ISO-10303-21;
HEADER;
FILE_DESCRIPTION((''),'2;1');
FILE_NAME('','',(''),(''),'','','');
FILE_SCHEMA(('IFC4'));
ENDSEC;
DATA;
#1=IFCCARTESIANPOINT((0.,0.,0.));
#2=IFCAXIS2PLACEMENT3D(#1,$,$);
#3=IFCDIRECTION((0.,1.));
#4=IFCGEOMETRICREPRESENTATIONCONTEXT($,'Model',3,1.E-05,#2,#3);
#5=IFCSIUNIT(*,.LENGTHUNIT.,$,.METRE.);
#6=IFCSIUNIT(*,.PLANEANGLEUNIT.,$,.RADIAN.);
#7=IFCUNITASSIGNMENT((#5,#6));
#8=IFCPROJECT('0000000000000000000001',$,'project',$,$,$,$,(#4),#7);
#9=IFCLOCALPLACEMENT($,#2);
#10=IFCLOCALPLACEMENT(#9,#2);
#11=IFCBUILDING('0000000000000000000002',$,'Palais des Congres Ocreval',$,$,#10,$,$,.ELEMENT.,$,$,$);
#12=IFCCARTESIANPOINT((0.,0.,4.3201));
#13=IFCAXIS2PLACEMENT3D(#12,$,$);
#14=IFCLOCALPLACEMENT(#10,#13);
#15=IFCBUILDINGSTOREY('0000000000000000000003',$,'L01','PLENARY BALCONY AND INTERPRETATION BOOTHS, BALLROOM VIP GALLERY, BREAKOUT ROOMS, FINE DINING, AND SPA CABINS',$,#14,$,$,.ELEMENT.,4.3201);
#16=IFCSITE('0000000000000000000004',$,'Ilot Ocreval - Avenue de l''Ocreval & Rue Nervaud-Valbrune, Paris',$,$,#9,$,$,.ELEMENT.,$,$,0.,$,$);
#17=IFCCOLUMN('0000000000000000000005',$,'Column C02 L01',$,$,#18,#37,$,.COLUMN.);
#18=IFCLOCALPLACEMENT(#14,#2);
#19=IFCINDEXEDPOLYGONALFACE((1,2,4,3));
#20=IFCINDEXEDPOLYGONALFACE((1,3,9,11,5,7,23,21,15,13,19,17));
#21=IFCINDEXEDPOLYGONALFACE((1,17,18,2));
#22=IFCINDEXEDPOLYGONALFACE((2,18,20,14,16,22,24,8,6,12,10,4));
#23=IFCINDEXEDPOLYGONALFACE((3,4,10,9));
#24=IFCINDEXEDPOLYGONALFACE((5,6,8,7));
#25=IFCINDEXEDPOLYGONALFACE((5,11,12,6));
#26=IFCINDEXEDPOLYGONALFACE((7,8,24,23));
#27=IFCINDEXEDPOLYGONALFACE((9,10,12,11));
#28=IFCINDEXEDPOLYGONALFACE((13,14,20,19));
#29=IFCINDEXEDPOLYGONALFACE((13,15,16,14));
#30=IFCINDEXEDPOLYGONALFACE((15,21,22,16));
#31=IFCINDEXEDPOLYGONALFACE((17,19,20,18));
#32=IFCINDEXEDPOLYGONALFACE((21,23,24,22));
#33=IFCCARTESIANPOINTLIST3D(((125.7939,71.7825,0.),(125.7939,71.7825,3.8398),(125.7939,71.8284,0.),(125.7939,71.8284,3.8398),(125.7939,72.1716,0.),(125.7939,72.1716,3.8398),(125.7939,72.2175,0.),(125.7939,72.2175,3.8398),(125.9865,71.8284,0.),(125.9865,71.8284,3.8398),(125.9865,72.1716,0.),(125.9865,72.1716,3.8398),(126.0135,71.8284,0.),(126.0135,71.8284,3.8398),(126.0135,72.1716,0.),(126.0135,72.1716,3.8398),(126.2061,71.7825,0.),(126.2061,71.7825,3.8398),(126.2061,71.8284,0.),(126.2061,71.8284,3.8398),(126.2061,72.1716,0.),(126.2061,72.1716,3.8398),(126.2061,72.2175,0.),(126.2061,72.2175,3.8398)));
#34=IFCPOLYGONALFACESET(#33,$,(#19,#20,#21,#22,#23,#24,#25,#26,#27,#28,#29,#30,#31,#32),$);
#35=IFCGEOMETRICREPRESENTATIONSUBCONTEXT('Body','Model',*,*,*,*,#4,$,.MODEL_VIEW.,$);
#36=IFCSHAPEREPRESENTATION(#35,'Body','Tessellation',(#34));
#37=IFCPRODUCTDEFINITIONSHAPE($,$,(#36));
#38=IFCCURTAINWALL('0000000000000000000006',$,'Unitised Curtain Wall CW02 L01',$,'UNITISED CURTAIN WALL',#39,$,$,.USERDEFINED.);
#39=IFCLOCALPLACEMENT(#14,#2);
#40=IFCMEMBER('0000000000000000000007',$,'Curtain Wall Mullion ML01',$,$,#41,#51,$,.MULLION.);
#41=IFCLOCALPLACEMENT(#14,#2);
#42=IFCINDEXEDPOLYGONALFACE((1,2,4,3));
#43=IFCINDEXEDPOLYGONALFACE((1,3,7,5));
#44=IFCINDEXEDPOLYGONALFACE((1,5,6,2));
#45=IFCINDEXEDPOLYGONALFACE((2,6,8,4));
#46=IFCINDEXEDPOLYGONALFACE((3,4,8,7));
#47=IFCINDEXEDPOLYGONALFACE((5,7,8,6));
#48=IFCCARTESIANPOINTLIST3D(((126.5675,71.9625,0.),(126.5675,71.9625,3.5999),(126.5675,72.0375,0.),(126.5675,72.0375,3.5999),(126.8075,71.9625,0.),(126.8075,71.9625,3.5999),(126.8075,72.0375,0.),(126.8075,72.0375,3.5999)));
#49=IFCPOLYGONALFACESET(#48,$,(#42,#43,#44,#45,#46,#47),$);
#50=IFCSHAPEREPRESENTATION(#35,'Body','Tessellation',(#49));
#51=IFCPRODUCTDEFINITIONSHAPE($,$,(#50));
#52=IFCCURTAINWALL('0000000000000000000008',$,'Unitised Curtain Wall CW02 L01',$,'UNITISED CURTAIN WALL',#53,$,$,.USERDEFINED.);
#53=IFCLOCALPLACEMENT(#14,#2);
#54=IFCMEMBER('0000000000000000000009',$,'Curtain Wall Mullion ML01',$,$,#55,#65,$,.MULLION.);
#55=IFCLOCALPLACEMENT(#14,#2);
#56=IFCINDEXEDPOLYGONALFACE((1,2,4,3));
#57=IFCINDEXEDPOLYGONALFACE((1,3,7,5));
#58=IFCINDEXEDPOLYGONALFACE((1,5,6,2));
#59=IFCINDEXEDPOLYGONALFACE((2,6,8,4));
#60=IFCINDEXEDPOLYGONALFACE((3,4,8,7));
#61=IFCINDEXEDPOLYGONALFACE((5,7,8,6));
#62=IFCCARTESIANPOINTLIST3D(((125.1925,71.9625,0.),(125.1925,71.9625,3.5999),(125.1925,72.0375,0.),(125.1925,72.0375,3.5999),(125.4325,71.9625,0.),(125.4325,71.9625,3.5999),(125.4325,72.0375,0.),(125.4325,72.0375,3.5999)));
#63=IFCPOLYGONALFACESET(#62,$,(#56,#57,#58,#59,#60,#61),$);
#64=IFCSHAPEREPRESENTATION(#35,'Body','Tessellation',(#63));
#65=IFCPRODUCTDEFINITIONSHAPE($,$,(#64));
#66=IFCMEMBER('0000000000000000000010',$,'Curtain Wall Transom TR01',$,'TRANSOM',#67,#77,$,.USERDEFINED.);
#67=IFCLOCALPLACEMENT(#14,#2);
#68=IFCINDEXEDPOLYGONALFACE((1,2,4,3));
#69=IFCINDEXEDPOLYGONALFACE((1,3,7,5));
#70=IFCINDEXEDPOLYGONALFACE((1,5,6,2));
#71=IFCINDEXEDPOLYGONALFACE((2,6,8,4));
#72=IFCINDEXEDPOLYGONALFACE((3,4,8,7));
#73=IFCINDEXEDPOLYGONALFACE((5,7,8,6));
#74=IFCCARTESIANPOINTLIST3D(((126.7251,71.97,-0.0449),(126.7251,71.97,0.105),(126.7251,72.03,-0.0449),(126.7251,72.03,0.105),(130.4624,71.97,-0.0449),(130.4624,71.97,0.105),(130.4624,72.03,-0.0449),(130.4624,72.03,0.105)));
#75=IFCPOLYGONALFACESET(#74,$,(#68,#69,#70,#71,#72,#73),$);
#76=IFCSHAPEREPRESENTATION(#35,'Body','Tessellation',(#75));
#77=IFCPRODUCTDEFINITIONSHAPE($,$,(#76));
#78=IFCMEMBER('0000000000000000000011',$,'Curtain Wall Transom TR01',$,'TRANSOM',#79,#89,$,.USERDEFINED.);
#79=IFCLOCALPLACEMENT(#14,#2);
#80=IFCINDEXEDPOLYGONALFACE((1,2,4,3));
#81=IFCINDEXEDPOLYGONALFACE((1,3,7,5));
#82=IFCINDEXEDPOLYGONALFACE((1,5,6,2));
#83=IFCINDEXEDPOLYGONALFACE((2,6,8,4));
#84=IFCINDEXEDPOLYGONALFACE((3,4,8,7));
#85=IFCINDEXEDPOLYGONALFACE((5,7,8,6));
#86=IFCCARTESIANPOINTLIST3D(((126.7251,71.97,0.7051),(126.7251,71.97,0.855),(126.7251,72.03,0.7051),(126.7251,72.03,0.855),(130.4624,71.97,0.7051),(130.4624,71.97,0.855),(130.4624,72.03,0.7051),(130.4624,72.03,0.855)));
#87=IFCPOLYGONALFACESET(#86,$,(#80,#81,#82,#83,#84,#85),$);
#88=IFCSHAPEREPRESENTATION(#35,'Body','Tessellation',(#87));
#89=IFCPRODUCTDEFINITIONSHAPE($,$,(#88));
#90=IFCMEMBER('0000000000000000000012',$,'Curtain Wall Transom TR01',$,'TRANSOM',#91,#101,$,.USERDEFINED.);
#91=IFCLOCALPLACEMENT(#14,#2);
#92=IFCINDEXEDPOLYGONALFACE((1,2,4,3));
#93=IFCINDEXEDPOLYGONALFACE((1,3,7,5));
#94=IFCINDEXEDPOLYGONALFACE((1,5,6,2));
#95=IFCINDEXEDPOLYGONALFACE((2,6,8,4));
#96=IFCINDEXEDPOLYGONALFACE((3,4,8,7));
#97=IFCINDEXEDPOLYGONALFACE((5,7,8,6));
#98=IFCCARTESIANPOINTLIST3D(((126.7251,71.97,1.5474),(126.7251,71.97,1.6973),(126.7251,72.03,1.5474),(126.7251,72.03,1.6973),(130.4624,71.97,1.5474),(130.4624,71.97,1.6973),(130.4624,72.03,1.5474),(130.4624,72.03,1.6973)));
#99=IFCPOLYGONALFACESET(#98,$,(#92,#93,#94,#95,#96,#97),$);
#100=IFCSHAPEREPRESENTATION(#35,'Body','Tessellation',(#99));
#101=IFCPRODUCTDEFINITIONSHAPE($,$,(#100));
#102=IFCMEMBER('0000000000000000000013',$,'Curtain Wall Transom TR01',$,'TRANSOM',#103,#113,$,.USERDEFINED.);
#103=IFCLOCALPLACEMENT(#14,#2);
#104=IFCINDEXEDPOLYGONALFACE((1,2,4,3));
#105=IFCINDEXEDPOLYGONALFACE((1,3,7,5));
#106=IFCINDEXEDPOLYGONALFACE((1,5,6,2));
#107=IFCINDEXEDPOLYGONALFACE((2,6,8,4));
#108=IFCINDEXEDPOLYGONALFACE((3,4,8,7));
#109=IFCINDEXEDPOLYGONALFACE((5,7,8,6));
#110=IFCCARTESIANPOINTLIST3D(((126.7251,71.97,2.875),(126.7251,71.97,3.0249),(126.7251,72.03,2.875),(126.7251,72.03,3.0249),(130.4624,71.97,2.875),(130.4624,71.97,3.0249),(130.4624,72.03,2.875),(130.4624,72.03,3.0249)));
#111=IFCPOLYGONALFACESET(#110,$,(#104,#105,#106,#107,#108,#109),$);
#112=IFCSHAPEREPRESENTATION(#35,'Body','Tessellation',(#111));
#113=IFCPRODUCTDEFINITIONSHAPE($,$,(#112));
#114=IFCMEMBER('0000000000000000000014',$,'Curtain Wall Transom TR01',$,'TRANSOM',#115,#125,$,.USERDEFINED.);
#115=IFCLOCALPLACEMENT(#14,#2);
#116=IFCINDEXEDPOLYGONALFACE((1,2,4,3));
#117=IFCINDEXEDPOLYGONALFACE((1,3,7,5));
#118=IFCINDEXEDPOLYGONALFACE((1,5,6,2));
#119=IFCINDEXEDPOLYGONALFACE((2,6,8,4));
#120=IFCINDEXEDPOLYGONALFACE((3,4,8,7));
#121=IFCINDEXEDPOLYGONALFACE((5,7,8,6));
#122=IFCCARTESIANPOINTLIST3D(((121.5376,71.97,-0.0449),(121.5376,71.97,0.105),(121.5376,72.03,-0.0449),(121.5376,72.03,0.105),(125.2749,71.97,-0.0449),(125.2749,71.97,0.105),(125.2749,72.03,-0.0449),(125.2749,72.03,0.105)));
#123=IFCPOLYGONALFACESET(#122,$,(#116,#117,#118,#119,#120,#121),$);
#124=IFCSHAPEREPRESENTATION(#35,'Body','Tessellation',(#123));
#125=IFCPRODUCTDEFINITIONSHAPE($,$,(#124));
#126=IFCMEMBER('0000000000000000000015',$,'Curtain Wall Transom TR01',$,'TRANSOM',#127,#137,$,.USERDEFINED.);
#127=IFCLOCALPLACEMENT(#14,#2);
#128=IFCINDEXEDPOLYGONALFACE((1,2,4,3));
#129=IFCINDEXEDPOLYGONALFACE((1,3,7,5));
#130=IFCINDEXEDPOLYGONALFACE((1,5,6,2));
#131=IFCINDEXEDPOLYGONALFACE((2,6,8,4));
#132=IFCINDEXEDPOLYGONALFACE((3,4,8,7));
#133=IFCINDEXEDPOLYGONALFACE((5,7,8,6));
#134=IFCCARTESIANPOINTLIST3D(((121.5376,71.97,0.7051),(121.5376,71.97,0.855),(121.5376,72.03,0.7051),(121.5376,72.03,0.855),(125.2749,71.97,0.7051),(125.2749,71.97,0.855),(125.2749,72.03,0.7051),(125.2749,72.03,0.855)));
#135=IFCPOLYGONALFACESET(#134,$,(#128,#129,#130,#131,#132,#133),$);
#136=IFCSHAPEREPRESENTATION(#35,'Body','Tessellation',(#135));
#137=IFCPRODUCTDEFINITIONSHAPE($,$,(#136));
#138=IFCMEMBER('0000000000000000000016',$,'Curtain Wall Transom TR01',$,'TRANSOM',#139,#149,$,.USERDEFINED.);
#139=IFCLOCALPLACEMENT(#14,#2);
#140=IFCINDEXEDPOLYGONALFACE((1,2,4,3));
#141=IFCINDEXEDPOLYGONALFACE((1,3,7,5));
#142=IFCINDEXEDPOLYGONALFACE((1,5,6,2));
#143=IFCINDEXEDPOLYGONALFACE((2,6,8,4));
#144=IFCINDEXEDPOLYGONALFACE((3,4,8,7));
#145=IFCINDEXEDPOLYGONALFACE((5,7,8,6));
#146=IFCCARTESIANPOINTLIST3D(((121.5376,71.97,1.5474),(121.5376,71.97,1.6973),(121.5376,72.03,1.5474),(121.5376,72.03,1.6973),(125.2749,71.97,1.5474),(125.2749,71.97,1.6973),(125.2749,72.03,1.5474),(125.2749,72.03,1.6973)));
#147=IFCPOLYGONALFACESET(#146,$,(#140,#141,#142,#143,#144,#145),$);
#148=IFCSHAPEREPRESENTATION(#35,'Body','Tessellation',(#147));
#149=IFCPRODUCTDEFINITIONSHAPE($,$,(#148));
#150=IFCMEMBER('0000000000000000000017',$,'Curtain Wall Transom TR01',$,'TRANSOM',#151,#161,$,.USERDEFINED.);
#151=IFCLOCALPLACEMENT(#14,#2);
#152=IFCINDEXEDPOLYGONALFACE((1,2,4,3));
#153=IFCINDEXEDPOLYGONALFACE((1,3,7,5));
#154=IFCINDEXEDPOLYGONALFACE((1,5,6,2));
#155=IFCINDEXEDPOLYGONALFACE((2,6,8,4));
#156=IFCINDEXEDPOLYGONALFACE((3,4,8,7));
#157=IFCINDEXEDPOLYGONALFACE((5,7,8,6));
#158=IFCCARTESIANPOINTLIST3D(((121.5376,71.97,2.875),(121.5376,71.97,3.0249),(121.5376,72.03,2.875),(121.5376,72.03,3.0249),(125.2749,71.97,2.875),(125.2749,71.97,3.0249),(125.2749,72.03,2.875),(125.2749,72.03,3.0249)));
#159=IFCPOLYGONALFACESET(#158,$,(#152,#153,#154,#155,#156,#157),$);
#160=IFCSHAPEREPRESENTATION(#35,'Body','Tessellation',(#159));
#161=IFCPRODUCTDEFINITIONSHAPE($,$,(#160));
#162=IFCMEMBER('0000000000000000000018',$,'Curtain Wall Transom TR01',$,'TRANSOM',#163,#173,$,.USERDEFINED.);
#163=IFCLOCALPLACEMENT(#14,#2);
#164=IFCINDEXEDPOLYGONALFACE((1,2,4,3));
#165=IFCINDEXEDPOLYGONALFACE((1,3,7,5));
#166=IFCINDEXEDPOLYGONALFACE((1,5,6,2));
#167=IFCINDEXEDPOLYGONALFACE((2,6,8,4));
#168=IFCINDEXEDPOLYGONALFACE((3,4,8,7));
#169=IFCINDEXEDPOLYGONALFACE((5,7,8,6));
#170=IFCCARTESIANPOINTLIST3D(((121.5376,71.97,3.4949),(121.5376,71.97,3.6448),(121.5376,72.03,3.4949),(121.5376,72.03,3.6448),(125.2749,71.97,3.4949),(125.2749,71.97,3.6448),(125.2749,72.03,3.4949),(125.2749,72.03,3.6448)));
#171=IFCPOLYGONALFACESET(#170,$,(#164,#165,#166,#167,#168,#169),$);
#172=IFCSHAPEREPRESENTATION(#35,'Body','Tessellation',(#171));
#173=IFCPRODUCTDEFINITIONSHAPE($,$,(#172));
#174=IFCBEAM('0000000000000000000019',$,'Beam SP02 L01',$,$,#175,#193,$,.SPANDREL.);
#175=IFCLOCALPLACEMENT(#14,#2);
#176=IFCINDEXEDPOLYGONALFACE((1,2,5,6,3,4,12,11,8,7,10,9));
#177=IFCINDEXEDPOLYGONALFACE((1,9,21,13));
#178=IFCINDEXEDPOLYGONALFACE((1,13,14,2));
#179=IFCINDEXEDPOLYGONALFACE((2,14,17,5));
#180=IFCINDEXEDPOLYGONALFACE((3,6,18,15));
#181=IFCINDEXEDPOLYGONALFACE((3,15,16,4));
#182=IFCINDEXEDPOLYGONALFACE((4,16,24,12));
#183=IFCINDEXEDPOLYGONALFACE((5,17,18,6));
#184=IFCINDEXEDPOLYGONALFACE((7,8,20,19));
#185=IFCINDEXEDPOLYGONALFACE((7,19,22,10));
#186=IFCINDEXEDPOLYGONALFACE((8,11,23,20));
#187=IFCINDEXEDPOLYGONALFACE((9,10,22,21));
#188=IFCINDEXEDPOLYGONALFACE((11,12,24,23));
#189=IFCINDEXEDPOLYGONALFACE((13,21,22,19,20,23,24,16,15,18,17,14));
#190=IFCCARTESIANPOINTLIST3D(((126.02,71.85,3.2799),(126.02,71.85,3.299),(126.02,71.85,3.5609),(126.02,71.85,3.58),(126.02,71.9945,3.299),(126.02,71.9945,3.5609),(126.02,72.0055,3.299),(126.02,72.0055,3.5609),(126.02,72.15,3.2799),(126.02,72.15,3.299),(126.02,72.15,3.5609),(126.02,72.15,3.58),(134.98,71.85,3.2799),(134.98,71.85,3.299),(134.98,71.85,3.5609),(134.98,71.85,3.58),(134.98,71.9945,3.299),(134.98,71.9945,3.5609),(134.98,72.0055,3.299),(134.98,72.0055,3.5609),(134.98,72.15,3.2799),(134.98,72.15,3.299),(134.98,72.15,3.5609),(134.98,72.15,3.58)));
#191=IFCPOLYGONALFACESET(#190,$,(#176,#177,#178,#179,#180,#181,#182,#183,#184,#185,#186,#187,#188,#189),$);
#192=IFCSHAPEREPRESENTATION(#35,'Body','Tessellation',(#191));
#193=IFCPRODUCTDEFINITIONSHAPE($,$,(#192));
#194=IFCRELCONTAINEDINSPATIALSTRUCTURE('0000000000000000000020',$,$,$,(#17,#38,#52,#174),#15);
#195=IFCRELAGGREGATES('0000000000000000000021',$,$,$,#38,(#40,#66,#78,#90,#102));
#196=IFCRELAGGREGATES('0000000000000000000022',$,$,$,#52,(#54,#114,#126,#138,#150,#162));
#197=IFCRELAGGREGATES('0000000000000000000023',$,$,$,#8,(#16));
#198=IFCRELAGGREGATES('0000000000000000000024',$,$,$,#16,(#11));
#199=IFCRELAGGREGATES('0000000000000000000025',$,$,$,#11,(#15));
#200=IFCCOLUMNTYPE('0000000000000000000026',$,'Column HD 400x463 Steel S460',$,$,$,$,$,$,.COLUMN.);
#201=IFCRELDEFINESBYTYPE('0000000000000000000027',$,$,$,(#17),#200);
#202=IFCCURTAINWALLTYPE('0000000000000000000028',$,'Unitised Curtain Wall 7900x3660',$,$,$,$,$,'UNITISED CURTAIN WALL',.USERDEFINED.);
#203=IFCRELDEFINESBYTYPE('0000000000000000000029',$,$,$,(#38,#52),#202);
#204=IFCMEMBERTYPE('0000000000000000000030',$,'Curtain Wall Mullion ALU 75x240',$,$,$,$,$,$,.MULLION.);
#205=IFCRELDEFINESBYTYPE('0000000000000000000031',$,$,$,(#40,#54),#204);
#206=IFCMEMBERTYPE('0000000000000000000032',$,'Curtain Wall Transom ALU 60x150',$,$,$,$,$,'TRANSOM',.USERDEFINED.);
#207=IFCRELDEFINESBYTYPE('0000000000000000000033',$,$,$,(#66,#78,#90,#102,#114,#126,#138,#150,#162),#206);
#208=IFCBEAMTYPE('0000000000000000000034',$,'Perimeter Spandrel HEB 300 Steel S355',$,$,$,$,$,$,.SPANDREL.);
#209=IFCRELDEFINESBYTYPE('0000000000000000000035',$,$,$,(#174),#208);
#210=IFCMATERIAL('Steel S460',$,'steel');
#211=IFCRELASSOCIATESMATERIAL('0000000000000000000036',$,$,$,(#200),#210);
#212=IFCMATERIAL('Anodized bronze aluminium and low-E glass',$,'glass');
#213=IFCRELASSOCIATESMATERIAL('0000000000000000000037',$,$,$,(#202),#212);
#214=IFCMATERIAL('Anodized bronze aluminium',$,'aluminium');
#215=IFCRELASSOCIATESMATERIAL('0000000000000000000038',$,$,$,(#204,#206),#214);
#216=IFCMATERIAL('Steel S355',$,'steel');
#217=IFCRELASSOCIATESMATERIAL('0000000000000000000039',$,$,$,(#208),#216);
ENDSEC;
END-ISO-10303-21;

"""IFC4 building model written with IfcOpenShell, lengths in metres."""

from ifc_helpers import new_model, si_unit, direction, frame, origin, origin_2d, place, context, subcontext, project, spatial, rectangle, i_section, extrude, material, material_profile, profile_set, type_object, element, aggregate, save


model = new_model("IFC4")

# Units and contexts
model_context = context("Model", 3, precision=1e-05, world=origin(), true_north=direction((0.0, 1.0)))
body_context = subcontext(model_context, "Body", "Model", "MODEL_VIEW")
ifc_project = project(units=[si_unit("LENGTHUNIT", "METRE"), si_unit("PLANEANGLEUNIT", "RADIAN")], contexts=[model_context])

# Site, building, storey
site_placement = place(None, origin())
site = spatial("IfcSite", under=ifc_project, at=site_placement, Name="Ilot Ocreval - Avenue de l'Ocreval & Rue Nervaud-Valbrune, Paris", CompositionType="ELEMENT", RefElevation=0.0)
building_placement = place(site_placement, origin())
building = spatial("IfcBuilding", under=site, at=building_placement, Name="Palais des Congres Ocreval", CompositionType="ELEMENT")
storey_placement = place(building_placement, frame((0.0, 0.0, 4.3201)))
storey = spatial("IfcBuildingStorey", under=building, at=storey_placement, Name="L01", Description="PLENARY BALCONY AND INTERPRETATION BOOTHS, BALLROOM VIP GALLERY, BREAKOUT ROOMS, FINE DINING, AND SPA CABINS", CompositionType="ELEMENT", Elevation=4.3201)

# Column
ifc_material_1 = material(Name="Steel S460", Category="steel")
ifc_material_profile_1 = material_profile(ifc_material_1, i_section(OverallWidth=0.4121, OverallDepth=0.4351, WebThickness=0.0271, FlangeThickness=0.0459, at=origin_2d()), Name="HD 400x463")
ifc_profile_set_1 = profile_set([ifc_material_profile_1], Name="Steel S460")
column_type = type_object("IfcColumnType", Name="Column HD 400x463 Steel S460", PredefinedType="COLUMN", material=ifc_profile_set_1)
column_placement = place(storey_placement, frame((126.0, 72.0, 0.0), z_axis=(0.0, 0.0, 1.0), x_axis=(1.0, 0.0, 0.0)))
element("IfcColumn", 1, at=column_placement, inside=storey, type_object=column_type, Name="Column C02 L01", PredefinedType="COLUMN", context=body_context, shape_type="SweptSolid", body=[
    extrude(i_section(OverallWidth=0.4121, OverallDepth=0.4351, WebThickness=0.0271, FlangeThickness=0.0459, at=origin_2d()), origin(), (0.0, 0.0, 1.0), 3.8398),
])

# Curtain walls, members
ifc_material_2 = material(Name="Anodized bronze aluminium and low-E glass", Category="glass")
curtain_wall_type = type_object("IfcCurtainWallType", Name="Unitised Curtain Wall 7900x3660", ElementType="UNITISED CURTAIN WALL", PredefinedType="USERDEFINED", material=ifc_material_2)
curtain_wall_1_placement = place(storey_placement, origin())
curtain_wall_1 = element("IfcCurtainWall", 2, at=curtain_wall_1_placement, inside=storey, type_object=curtain_wall_type, Name="Unitised Curtain Wall CW02 L01", ObjectType="UNITISED CURTAIN WALL", PredefinedType="USERDEFINED")
ifc_material_3 = material(Name="Anodized bronze aluminium", Category="aluminium")
ifc_material_profile_2 = material_profile(ifc_material_3, rectangle(XDim=0.075, YDim=0.24, at=origin_2d()), Name="ALU 75x240")
ifc_profile_set_2 = profile_set([ifc_material_profile_2], Name="Anodized bronze aluminium")
member_type_1 = type_object("IfcMemberType", Name="Curtain Wall Mullion ALU 75x240", PredefinedType="MULLION", material=ifc_profile_set_2)
member_1_placement = place(storey_placement, frame((126.6875, 72.0, 0.0), z_axis=(0.0, 0.0, 1.0), x_axis=(0.0, -1.0, 0.0)))
member_1 = element("IfcMember", 3, at=member_1_placement, type_object=member_type_1, Name="Curtain Wall Mullion ML01", PredefinedType="MULLION", context=body_context, shape_type="SweptSolid", body=[
    extrude(rectangle(XDim=0.075, YDim=0.24, at=origin_2d()), origin(), (0.0, 0.0, 1.0), 3.5999),
])
curtain_wall_2_placement = place(storey_placement, origin())
curtain_wall_2 = element("IfcCurtainWall", 4, at=curtain_wall_2_placement, inside=storey, type_object=curtain_wall_type, Name="Unitised Curtain Wall CW02 L01", ObjectType="UNITISED CURTAIN WALL", PredefinedType="USERDEFINED")
member_2_placement = place(storey_placement, frame((125.3125, 72.0, 0.0), z_axis=(0.0, 0.0, 1.0), x_axis=(0.0, -1.0, 0.0)))
member_2 = element("IfcMember", 5, at=member_2_placement, type_object=member_type_1, Name="Curtain Wall Mullion ML01", PredefinedType="MULLION", context=body_context, shape_type="SweptSolid", body=[
    extrude(rectangle(XDim=0.075, YDim=0.24, at=origin_2d()), origin(), (0.0, 0.0, 1.0), 3.5999),
])

# Members
ifc_material_profile_3 = material_profile(ifc_material_3, rectangle(XDim=0.0601, YDim=0.1499, at=origin_2d()), Name="ALU 60x150")
ifc_profile_set_3 = profile_set([ifc_material_profile_3], Name="Anodized bronze aluminium")
member_type_2 = type_object("IfcMemberType", Name="Curtain Wall Transom ALU 60x150", ElementType="TRANSOM", PredefinedType="USERDEFINED", material=ifc_profile_set_3)
member_3_placement = place(storey_placement, frame((130.4624, 72.0, 0.03), z_axis=(-1.0, 0.0, 0.0), x_axis=(0.0, -1.0, 0.0)))
member_3 = element("IfcMember", 6, at=member_3_placement, type_object=member_type_2, Name="Curtain Wall Transom TR01", ObjectType="TRANSOM", PredefinedType="USERDEFINED", context=body_context, shape_type="SweptSolid", body=[
    extrude(rectangle(XDim=0.0601, YDim=0.1499, at=origin_2d()), origin(), (0.0, 0.0, 1.0), 3.7373),
])
member_4_placement = place(storey_placement, frame((130.4624, 72.0, 0.78), z_axis=(-1.0, 0.0, 0.0), x_axis=(0.0, -1.0, 0.0)))
member_4 = element("IfcMember", 7, at=member_4_placement, type_object=member_type_2, Name="Curtain Wall Transom TR01", ObjectType="TRANSOM", PredefinedType="USERDEFINED", context=body_context, shape_type="SweptSolid", body=[
    extrude(rectangle(XDim=0.0601, YDim=0.1499, at=origin_2d()), origin(), (0.0, 0.0, 1.0), 3.7373),
])
member_5_placement = place(storey_placement, frame((130.4624, 72.0, 1.6223), z_axis=(-1.0, 0.0, 0.0), x_axis=(0.0, -1.0, 0.0)))
member_5 = element("IfcMember", 8, at=member_5_placement, type_object=member_type_2, Name="Curtain Wall Transom TR01", ObjectType="TRANSOM", PredefinedType="USERDEFINED", context=body_context, shape_type="SweptSolid", body=[
    extrude(rectangle(XDim=0.0601, YDim=0.1499, at=origin_2d()), origin(), (0.0, 0.0, 1.0), 3.7373),
])
member_6_placement = place(storey_placement, frame((130.4624, 72.0, 2.95), z_axis=(-1.0, 0.0, 0.0), x_axis=(0.0, -1.0, 0.0)))
member_6 = element("IfcMember", 9, at=member_6_placement, type_object=member_type_2, Name="Curtain Wall Transom TR01", ObjectType="TRANSOM", PredefinedType="USERDEFINED", context=body_context, shape_type="SweptSolid", body=[
    extrude(rectangle(XDim=0.0601, YDim=0.1499, at=origin_2d()), origin(), (0.0, 0.0, 1.0), 3.7373),
])
member_7_placement = place(storey_placement, frame((125.2749, 72.0, 0.03), z_axis=(-1.0, 0.0, 0.0), x_axis=(0.0, -1.0, 0.0)))
member_7 = element("IfcMember", 10, at=member_7_placement, type_object=member_type_2, Name="Curtain Wall Transom TR01", ObjectType="TRANSOM", PredefinedType="USERDEFINED", context=body_context, shape_type="SweptSolid", body=[
    extrude(rectangle(XDim=0.0601, YDim=0.1499, at=origin_2d()), origin(), (0.0, 0.0, 1.0), 3.7373),
])
member_8_placement = place(storey_placement, frame((125.2749, 72.0, 0.78), z_axis=(-1.0, 0.0, 0.0), x_axis=(0.0, -1.0, 0.0)))
member_8 = element("IfcMember", 11, at=member_8_placement, type_object=member_type_2, Name="Curtain Wall Transom TR01", ObjectType="TRANSOM", PredefinedType="USERDEFINED", context=body_context, shape_type="SweptSolid", body=[
    extrude(rectangle(XDim=0.0601, YDim=0.1499, at=origin_2d()), origin(), (0.0, 0.0, 1.0), 3.7373),
])
member_9_placement = place(storey_placement, frame((125.2749, 72.0, 1.6223), z_axis=(-1.0, 0.0, 0.0), x_axis=(0.0, -1.0, 0.0)))
member_9 = element("IfcMember", 12, at=member_9_placement, type_object=member_type_2, Name="Curtain Wall Transom TR01", ObjectType="TRANSOM", PredefinedType="USERDEFINED", context=body_context, shape_type="SweptSolid", body=[
    extrude(rectangle(XDim=0.0601, YDim=0.1499, at=origin_2d()), origin(), (0.0, 0.0, 1.0), 3.7373),
])
member_10_placement = place(storey_placement, frame((125.2749, 72.0, 2.95), z_axis=(-1.0, 0.0, 0.0), x_axis=(0.0, -1.0, 0.0)))
member_10 = element("IfcMember", 13, at=member_10_placement, type_object=member_type_2, Name="Curtain Wall Transom TR01", ObjectType="TRANSOM", PredefinedType="USERDEFINED", context=body_context, shape_type="SweptSolid", body=[
    extrude(rectangle(XDim=0.0601, YDim=0.1499, at=origin_2d()), origin(), (0.0, 0.0, 1.0), 3.7373),
])
member_11_placement = place(storey_placement, frame((125.2749, 72.0, 3.5698), z_axis=(-1.0, 0.0, 0.0), x_axis=(0.0, -1.0, 0.0)))
member_11 = element("IfcMember", 14, at=member_11_placement, type_object=member_type_2, Name="Curtain Wall Transom TR01", ObjectType="TRANSOM", PredefinedType="USERDEFINED", context=body_context, shape_type="SweptSolid", body=[
    extrude(rectangle(XDim=0.0601, YDim=0.1499, at=origin_2d()), origin(), (0.0, 0.0, 1.0), 3.7373),
])

# Beam
ifc_material_4 = material(Name="Steel S355", Category="steel")
ifc_material_profile_4 = material_profile(ifc_material_4, i_section(OverallWidth=0.3, OverallDepth=0.3, WebThickness=0.011, FlangeThickness=0.019, at=origin_2d()), Name="HEB 300")
ifc_profile_set_4 = profile_set([ifc_material_profile_4], Name="Steel S355")
beam_type = type_object("IfcBeamType", Name="Perimeter Spandrel HEB 300 Steel S355", PredefinedType="SPANDREL", material=ifc_profile_set_4)
beam_placement = place(storey_placement, frame((126.02, 72.0, 3.4299), z_axis=(1.0, 0.0, 0.0), x_axis=(0.0, 1.0, 0.0)))
element("IfcBeam", 15, at=beam_placement, inside=storey, type_object=beam_type, Name="Beam SP02 L01", PredefinedType="SPANDREL", context=body_context, shape_type="SweptSolid", body=[
    extrude(i_section(OverallWidth=0.3, OverallDepth=0.3, WebThickness=0.011, FlangeThickness=0.019, at=origin_2d()), origin(), (0.0, 0.0, 1.0), 8.96),
])

aggregate(curtain_wall_1, [member_1, member_3, member_4, member_5, member_6])
aggregate(curtain_wall_2, [member_2, member_7, member_8, member_9, member_10, member_11])

save(model, "model.ifc")
